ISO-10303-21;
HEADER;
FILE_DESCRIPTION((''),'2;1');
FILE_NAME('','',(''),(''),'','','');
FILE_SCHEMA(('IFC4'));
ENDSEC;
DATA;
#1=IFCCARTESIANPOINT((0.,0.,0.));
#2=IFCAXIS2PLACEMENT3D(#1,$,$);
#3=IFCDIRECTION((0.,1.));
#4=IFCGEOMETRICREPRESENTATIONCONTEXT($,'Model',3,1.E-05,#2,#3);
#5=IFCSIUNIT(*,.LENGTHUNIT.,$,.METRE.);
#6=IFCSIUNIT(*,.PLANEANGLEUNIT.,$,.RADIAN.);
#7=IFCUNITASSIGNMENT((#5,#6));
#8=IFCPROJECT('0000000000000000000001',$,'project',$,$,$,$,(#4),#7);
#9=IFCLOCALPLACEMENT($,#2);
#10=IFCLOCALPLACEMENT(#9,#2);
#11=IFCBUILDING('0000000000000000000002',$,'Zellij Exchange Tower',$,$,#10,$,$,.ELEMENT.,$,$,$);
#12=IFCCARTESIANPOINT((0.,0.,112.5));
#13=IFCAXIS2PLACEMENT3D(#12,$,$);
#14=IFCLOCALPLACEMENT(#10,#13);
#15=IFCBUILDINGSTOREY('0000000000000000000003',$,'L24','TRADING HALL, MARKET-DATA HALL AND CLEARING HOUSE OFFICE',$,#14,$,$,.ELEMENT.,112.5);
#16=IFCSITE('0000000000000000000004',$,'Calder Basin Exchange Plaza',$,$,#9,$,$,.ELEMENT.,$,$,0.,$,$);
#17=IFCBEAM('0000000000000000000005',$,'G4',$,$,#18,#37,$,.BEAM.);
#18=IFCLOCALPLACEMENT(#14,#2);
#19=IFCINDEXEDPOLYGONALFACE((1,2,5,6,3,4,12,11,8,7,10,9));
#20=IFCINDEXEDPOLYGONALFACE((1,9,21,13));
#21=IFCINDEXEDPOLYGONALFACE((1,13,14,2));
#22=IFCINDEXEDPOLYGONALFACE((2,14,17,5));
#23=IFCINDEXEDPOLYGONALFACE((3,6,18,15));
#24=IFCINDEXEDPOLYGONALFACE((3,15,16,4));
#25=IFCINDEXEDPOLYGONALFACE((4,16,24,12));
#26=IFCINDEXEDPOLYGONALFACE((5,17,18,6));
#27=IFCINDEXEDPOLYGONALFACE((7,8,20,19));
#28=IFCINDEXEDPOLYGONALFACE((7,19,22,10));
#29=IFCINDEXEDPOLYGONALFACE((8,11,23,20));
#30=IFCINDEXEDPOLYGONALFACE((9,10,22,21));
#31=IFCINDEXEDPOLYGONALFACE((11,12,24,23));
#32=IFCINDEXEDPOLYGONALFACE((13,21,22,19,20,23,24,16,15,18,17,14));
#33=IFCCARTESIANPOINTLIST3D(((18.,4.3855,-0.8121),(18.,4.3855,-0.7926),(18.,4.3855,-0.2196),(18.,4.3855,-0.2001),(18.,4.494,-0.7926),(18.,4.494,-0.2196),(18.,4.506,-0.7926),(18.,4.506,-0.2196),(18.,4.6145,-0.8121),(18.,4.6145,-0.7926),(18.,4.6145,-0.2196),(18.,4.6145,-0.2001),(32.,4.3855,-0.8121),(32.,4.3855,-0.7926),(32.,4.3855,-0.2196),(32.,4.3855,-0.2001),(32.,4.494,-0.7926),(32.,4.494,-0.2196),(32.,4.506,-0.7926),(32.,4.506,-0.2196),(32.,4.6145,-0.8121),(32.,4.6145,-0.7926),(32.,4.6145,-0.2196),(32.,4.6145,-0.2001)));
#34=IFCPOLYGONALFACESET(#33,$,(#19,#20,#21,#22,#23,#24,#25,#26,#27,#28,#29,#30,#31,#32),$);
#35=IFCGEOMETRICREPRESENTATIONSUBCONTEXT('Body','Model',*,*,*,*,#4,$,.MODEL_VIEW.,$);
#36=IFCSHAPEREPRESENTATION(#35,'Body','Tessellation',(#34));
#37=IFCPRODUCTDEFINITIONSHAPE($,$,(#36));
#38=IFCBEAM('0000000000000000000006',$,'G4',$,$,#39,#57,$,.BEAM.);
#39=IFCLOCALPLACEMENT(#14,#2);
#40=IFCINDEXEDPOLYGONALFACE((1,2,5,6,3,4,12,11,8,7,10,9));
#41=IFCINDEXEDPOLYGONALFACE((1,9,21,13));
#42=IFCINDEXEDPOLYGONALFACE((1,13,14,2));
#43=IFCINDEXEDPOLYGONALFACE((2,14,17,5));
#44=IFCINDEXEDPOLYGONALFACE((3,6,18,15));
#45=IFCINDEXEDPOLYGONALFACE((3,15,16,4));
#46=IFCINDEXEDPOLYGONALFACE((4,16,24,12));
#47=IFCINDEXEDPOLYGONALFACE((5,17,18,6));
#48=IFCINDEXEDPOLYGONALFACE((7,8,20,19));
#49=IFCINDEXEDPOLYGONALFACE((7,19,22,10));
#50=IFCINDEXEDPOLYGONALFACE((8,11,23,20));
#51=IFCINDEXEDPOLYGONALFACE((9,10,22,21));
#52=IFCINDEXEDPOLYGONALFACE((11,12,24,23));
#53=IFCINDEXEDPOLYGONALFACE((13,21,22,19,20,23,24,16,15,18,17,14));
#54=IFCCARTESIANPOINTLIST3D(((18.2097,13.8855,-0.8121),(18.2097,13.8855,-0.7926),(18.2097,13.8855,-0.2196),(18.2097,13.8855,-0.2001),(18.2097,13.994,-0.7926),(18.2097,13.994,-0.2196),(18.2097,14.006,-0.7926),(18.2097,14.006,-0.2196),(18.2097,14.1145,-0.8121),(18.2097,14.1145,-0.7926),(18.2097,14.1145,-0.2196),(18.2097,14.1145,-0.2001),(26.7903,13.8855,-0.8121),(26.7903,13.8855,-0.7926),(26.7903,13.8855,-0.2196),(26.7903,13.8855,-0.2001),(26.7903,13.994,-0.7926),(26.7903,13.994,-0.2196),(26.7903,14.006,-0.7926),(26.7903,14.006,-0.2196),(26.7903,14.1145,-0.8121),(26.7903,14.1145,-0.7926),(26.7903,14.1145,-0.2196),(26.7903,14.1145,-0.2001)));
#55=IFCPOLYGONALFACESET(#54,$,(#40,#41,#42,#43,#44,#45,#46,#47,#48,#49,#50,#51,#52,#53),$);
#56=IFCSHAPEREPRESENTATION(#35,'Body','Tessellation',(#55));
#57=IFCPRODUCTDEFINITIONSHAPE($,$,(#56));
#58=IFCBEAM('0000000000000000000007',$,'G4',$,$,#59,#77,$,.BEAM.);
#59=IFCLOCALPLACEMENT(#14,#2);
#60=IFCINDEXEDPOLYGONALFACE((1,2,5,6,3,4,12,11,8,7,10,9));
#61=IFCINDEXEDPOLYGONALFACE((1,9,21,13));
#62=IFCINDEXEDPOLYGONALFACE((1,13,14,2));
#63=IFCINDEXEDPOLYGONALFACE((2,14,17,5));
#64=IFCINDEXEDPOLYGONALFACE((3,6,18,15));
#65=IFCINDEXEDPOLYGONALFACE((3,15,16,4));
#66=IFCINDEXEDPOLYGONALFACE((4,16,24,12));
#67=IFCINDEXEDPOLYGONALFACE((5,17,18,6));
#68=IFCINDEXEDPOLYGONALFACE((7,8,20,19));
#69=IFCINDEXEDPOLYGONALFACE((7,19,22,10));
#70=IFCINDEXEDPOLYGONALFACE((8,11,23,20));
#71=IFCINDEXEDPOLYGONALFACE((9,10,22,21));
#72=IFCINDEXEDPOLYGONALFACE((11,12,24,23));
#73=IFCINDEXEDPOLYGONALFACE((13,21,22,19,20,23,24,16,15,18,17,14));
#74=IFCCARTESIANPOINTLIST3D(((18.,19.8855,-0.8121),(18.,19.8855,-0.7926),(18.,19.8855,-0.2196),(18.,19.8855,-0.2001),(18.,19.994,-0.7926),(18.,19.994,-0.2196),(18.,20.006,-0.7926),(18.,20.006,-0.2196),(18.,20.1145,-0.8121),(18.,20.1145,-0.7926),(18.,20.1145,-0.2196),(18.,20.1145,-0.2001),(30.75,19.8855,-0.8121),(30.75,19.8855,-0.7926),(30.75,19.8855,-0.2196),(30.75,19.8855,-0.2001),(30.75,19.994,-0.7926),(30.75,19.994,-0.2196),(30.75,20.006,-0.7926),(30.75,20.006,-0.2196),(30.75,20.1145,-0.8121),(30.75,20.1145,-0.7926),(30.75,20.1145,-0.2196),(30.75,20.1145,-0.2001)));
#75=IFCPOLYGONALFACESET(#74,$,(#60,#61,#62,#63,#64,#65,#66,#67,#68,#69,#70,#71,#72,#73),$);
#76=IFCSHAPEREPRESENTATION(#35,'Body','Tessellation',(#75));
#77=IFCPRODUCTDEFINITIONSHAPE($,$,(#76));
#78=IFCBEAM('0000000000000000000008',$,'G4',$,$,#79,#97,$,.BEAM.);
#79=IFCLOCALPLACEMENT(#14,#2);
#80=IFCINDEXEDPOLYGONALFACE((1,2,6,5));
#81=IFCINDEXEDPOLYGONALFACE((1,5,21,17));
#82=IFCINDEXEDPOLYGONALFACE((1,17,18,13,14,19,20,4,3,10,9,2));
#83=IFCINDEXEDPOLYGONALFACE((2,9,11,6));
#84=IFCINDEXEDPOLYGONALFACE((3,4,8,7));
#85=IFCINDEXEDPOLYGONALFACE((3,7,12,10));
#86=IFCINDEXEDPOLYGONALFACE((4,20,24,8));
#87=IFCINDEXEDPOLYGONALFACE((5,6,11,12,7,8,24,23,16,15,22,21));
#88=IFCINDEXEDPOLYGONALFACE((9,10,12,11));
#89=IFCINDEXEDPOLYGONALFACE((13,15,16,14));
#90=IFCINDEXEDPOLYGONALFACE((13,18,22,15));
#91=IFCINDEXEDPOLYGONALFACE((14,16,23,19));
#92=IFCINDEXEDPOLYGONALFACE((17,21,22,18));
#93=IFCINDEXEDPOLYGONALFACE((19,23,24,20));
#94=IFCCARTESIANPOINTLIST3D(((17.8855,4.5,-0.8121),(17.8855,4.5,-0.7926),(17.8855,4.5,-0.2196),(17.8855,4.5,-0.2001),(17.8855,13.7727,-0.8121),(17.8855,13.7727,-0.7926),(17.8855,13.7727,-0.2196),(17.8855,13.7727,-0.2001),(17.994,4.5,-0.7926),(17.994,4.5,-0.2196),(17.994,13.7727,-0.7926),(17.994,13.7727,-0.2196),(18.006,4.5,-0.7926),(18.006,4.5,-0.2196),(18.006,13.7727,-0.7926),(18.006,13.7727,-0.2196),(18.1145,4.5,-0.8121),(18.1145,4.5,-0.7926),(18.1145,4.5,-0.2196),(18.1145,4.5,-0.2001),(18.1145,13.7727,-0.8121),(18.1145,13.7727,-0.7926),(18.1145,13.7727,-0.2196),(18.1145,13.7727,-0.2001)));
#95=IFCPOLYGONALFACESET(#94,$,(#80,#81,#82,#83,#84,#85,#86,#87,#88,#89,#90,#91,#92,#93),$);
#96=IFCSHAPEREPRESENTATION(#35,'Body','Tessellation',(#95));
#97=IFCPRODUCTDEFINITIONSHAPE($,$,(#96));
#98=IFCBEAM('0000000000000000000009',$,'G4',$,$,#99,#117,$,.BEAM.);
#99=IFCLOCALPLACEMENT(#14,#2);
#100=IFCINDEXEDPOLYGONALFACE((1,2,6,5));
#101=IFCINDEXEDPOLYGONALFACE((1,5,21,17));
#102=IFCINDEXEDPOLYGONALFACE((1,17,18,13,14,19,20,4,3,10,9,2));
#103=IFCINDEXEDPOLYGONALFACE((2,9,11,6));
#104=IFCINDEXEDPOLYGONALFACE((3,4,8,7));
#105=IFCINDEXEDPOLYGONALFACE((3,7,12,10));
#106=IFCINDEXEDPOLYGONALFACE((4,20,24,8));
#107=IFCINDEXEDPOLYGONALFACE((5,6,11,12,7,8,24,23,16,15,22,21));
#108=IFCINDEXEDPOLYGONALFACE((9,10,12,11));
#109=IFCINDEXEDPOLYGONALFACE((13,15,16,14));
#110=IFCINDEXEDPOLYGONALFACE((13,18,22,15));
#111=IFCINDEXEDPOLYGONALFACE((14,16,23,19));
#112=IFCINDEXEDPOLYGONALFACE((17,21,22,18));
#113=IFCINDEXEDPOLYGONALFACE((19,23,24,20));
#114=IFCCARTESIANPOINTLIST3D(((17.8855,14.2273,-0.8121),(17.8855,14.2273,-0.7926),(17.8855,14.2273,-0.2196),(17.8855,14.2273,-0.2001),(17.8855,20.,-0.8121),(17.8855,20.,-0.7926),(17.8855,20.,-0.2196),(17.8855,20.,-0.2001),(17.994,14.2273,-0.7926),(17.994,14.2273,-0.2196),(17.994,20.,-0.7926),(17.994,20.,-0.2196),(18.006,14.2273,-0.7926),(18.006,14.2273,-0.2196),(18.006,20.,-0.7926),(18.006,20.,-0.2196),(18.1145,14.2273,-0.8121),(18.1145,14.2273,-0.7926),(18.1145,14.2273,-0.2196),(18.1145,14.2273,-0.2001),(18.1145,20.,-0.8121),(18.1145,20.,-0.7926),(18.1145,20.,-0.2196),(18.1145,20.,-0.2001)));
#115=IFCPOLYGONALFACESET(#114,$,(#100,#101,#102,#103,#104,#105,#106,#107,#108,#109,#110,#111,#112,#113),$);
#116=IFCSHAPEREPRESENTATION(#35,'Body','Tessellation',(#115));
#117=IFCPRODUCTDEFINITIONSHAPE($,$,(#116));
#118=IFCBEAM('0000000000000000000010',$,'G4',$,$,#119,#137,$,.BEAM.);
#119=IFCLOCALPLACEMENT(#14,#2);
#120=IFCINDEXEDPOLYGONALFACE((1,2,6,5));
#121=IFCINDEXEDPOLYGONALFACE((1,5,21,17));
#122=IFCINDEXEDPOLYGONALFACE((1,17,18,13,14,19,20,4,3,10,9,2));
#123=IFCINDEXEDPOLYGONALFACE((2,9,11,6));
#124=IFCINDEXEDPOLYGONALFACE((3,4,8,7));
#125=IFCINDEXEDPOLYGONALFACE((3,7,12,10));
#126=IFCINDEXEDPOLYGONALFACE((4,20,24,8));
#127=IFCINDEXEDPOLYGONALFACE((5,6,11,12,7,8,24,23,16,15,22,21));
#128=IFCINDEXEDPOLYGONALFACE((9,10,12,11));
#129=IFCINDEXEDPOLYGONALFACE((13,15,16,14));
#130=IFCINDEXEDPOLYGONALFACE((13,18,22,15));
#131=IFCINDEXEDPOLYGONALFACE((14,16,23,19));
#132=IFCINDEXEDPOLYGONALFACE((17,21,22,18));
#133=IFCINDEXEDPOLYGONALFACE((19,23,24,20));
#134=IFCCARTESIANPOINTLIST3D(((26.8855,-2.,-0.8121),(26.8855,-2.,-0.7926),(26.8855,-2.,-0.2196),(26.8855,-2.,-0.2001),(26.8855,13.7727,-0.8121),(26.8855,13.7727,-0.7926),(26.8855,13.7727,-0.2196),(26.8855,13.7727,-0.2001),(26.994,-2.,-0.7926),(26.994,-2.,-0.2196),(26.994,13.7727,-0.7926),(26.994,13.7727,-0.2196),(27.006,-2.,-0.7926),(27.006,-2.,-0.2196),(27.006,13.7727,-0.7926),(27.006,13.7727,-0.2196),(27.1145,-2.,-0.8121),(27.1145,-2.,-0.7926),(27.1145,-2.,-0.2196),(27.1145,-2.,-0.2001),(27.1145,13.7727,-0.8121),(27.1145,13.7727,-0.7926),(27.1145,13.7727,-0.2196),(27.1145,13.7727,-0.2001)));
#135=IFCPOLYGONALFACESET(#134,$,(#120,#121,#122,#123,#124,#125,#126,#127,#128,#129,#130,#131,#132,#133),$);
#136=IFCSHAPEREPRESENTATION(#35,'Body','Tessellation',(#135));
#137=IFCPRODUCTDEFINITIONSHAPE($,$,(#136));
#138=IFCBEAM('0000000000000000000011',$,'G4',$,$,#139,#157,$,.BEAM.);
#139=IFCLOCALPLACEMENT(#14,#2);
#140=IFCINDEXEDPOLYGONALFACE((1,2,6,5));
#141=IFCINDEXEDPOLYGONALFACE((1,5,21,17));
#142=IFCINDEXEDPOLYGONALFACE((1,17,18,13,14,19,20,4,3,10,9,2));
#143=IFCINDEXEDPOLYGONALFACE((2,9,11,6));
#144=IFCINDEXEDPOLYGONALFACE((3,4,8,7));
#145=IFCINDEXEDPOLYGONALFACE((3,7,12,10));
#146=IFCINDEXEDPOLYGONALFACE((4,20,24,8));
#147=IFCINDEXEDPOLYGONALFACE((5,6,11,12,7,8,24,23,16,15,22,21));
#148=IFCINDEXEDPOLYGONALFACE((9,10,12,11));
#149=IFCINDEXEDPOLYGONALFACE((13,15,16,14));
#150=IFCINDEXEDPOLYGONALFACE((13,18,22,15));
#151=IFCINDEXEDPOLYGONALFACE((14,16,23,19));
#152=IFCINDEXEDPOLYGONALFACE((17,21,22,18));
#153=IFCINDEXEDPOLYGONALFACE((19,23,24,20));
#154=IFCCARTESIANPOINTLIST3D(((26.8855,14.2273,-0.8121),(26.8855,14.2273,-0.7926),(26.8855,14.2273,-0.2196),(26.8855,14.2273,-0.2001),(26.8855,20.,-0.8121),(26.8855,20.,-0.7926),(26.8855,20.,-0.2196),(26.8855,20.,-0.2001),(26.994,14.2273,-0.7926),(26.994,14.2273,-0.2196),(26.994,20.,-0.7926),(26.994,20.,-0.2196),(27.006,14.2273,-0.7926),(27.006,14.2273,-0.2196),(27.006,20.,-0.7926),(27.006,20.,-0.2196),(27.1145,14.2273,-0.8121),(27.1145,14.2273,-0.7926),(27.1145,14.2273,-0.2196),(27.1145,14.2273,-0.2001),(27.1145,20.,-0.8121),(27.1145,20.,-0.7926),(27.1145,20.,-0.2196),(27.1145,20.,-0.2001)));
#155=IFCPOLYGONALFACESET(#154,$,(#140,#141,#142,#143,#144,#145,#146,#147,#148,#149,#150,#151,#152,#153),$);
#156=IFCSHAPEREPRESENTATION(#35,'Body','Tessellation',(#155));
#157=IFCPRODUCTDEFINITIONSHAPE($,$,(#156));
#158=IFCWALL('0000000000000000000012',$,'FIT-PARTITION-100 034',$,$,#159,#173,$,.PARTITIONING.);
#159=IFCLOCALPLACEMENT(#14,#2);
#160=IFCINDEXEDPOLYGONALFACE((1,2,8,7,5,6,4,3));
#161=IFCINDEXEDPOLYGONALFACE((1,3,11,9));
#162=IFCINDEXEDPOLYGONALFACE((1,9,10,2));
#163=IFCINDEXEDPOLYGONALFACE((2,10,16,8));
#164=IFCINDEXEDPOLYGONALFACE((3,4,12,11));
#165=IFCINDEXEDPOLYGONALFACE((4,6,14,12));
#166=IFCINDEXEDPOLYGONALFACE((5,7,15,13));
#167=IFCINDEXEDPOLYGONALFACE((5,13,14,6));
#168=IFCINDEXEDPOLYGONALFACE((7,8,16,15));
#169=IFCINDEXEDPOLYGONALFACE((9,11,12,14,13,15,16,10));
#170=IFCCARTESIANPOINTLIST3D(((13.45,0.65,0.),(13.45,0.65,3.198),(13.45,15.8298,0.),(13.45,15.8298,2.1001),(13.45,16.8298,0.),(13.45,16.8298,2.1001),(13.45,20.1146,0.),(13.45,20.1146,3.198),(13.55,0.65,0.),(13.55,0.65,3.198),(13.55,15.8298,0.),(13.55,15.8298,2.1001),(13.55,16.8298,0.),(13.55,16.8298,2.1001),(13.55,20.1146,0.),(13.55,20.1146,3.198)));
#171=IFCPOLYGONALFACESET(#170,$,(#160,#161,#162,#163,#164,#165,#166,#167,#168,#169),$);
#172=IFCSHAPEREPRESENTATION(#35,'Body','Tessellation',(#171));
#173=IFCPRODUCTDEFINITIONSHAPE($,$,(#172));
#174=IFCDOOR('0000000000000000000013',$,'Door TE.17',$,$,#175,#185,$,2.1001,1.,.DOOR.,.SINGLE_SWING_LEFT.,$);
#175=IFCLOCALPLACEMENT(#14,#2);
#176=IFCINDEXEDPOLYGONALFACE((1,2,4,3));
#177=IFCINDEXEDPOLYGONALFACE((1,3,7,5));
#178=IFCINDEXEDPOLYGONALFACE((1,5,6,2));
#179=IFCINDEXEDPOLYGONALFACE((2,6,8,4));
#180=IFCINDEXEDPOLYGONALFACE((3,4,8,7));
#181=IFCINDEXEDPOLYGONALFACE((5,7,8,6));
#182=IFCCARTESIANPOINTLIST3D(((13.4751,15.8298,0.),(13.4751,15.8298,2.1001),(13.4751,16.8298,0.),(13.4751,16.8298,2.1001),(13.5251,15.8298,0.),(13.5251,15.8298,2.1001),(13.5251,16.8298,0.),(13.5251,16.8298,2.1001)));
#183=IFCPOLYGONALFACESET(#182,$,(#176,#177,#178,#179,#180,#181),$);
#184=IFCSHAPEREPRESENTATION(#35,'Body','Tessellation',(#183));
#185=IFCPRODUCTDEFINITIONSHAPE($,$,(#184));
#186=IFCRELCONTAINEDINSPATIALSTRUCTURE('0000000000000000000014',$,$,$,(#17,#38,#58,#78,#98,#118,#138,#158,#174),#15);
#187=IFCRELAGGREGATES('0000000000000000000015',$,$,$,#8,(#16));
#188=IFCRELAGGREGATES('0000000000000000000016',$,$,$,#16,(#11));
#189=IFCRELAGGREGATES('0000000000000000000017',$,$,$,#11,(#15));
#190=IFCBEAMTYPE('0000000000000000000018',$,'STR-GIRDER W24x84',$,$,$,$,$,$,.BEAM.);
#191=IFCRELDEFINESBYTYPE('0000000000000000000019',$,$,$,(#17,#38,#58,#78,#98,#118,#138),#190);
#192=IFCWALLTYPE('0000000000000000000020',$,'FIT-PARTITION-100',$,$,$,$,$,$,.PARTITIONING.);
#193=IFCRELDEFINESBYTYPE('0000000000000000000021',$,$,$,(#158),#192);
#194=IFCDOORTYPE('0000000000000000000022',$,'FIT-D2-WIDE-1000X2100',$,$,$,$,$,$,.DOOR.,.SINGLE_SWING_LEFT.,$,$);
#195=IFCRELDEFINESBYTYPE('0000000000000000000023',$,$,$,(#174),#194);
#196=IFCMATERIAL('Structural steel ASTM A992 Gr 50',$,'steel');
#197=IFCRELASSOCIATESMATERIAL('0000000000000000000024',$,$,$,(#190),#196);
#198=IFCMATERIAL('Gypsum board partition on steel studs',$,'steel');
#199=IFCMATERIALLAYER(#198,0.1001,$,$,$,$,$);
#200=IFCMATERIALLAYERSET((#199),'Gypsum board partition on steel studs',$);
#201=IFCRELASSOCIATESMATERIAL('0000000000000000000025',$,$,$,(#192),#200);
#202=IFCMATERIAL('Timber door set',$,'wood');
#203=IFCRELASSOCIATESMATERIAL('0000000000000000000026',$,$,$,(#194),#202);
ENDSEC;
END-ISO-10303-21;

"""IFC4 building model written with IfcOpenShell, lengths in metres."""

from ifc_helpers import new_model, si_unit, direction, frame, frame_2d, origin, origin_2d, place, context, subcontext, project, spatial, rectangle, i_section, extrude, material, layer, layer_set, material_profile, profile_set, type_object, element, fill, save


model = new_model("IFC4")

# Units and contexts
model_context = context("Model", 3, precision=1e-05, world=origin(), true_north=direction((0.0, 1.0)))
body_context = subcontext(model_context, "Body", "Model", "MODEL_VIEW")
ifc_project = project(units=[si_unit("LENGTHUNIT", "METRE"), si_unit("PLANEANGLEUNIT", "RADIAN")], contexts=[model_context])

# Site, building, storey
site_placement = place(None, origin())
site = spatial("IfcSite", under=ifc_project, at=site_placement, Name="Calder Basin Exchange Plaza", CompositionType="ELEMENT", RefElevation=0.0)
building_placement = place(site_placement, origin())
building = spatial("IfcBuilding", under=site, at=building_placement, Name="Zellij Exchange Tower", CompositionType="ELEMENT")
storey_placement = place(building_placement, frame((0.0, 0.0, 112.5)))
storey = spatial("IfcBuildingStorey", under=building, at=storey_placement, Name="L24", Description="TRADING HALL, MARKET-DATA HALL AND CLEARING HOUSE OFFICE", CompositionType="ELEMENT", Elevation=112.5)

# Beams
ifc_material_1 = material(Name="Structural steel ASTM A992 Gr 50", Category="steel")
ifc_material_profile_1 = material_profile(ifc_material_1, i_section(OverallWidth=0.229, OverallDepth=0.6121, WebThickness=0.012, FlangeThickness=0.0195, at=origin_2d()), Name="W24x84")
ifc_profile_set_1 = profile_set([ifc_material_profile_1], Name="Structural steel ASTM A992 Gr 50")
beam_type_1 = type_object("IfcBeamType", Name="STR-GIRDER W24x84", PredefinedType="BEAM", material=ifc_profile_set_1)
beam_1_placement = place(storey_placement, frame((18.0, 4.5, -0.5061), z_axis=(1.0, 0.0, 0.0), x_axis=(0.0, 1.0, 0.0)))
element("IfcBeam", 1, at=beam_1_placement, inside=storey, type_object=beam_type_1, Name="G4", PredefinedType="BEAM", context=body_context, shape_type="SweptSolid", body=[
    extrude(i_section(OverallWidth=0.229, OverallDepth=0.6121, WebThickness=0.012, FlangeThickness=0.0195, at=origin_2d()), origin(), (0.0, 0.0, 1.0), 14.0),
])
beam_2_placement = place(storey_placement, frame((18.2097, 14.0, -0.5061), z_axis=(1.0, 0.0, 0.0), x_axis=(0.0, 1.0, 0.0)))
element("IfcBeam", 2, at=beam_2_placement, inside=storey, type_object=beam_type_1, Name="G4", PredefinedType="BEAM", context=body_context, shape_type="SweptSolid", body=[
    extrude(i_section(OverallWidth=0.229, OverallDepth=0.6121, WebThickness=0.012, FlangeThickness=0.0195, at=origin_2d()), origin(), (0.0, 0.0, 1.0), 8.5806),
])
beam_3_placement = place(storey_placement, frame((18.0, 20.0, -0.5061), z_axis=(1.0, 0.0, 0.0), x_axis=(0.0, 1.0, 0.0)))
element("IfcBeam", 3, at=beam_3_placement, inside=storey, type_object=beam_type_1, Name="G4", PredefinedType="BEAM", context=body_context, shape_type="SweptSolid", body=[
    extrude(i_section(OverallWidth=0.229, OverallDepth=0.6121, WebThickness=0.012, FlangeThickness=0.0195, at=origin_2d()), origin(), (0.0, 0.0, 1.0), 12.75),
])
beam_4_placement = place(storey_placement, frame((18.0, 4.5, -0.5061), z_axis=(0.0, 1.0, 0.0), x_axis=(-1.0, 0.0, 0.0)))
element("IfcBeam", 4, at=beam_4_placement, inside=storey, type_object=beam_type_1, Name="G4", PredefinedType="BEAM", context=body_context, shape_type="SweptSolid", body=[
    extrude(i_section(OverallWidth=0.229, OverallDepth=0.6121, WebThickness=0.012, FlangeThickness=0.0195, at=origin_2d()), origin(), (0.0, 0.0, 1.0), 9.2727),
])
beam_5_placement = place(storey_placement, frame((18.0, 14.2273, -0.5061), z_axis=(0.0, 1.0, 0.0), x_axis=(-1.0, 0.0, 0.0)))
element("IfcBeam", 5, at=beam_5_placement, inside=storey, type_object=beam_type_1, Name="G4", PredefinedType="BEAM", context=body_context, shape_type="SweptSolid", body=[
    extrude(i_section(OverallWidth=0.229, OverallDepth=0.6121, WebThickness=0.012, FlangeThickness=0.0195, at=origin_2d()), origin(), (0.0, 0.0, 1.0), 5.7727),
])
beam_6_placement = place(storey_placement, frame((27.0, -2.0, -0.5061), z_axis=(0.0, 1.0, 0.0), x_axis=(-1.0, 0.0, 0.0)))
element("IfcBeam", 6, at=beam_6_placement, inside=storey, type_object=beam_type_1, Name="G4", PredefinedType="BEAM", context=body_context, shape_type="SweptSolid", body=[
    extrude(i_section(OverallWidth=0.229, OverallDepth=0.6121, WebThickness=0.012, FlangeThickness=0.0195, at=origin_2d()), origin(), (0.0, 0.0, 1.0), 15.7727),
])
beam_7_placement = place(storey_placement, frame((27.0, 14.2273, -0.5061), z_axis=(0.0, 1.0, 0.0), x_axis=(-1.0, 0.0, 0.0)))
element("IfcBeam", 7, at=beam_7_placement, inside=storey, type_object=beam_type_1, Name="G4", PredefinedType="BEAM", context=body_context, shape_type="SweptSolid", body=[
    extrude(i_section(OverallWidth=0.229, OverallDepth=0.6121, WebThickness=0.012, FlangeThickness=0.0195, at=origin_2d()), origin(), (0.0, 0.0, 1.0), 5.7727),
])

# Wall, opening, door
ifc_material_2 = material(Name="Gypsum board partition on steel studs", Category="steel")
ifc_layer = layer(ifc_material_2, 0.1001)
ifc_layer_set = layer_set([ifc_layer], Name="Gypsum board partition on steel studs")
wall_type = type_object("IfcWallType", Name="FIT-PARTITION-100", PredefinedType="PARTITIONING", material=ifc_layer_set)
wall_1_placement = place(storey_placement, frame((13.5, 0.6499, 0.0), z_axis=(0.0, 0.0, 1.0), x_axis=(0.0, 1.0, 0.0)))
wall_1 = element("IfcWall", 8, at=wall_1_placement, inside=storey, type_object=wall_type, Name="FIT-PARTITION-100 034", PredefinedType="PARTITIONING", context=body_context, shape_type="SweptSolid", body=[
    extrude(rectangle(XDim=19.4646, YDim=0.1001, at=frame_2d((9.7324, 0.0))), origin(), (0.0, 0.0, 1.0), 3.198),
])
opening_placement = place(wall_1_placement, frame((15.1799, 0.0, 0.0)))
opening = element("IfcOpeningElement", 9, at=opening_placement, cuts=wall_1, PredefinedType="OPENING", context=body_context, shape_type="SweptSolid", body=[
    extrude(rectangle(XDim=1.0, YDim=2.1001, at=frame_2d((0.5, 1.05))), frame((0.0, 0.062, 0.0), z_axis=(0.0, -1.0, 0.0), x_axis=(1.0, 0.0, 0.0)), (0.0, 0.0, 1.0), 0.124),
])
ifc_material_3 = material(Name="Timber door set", Category="wood")
door_type = type_object("IfcDoorType", Name="FIT-D2-WIDE-1000X2100", OperationType="SINGLE_SWING_LEFT", PredefinedType="DOOR", material=ifc_material_3)
door_placement = place(opening_placement, origin())
door = element("IfcDoor", 10, at=door_placement, inside=storey, type_object=door_type, Name="Door TE.17", OperationType="SINGLE_SWING_LEFT", OverallHeight=2.1001, OverallWidth=1.0, PredefinedType="DOOR", context=body_context, shape_type="SweptSolid", body=[
    extrude(rectangle(XDim=1.0, YDim=2.1001, at=frame_2d((0.5, 1.05))), frame((0.0, 0.0249, 0.0), z_axis=(0.0, -1.0, 0.0), x_axis=(1.0, 0.0, 0.0)), (0.0, 0.0, 1.0), 0.05),
])
fill(opening, door)

save(model, "model.ifc")
